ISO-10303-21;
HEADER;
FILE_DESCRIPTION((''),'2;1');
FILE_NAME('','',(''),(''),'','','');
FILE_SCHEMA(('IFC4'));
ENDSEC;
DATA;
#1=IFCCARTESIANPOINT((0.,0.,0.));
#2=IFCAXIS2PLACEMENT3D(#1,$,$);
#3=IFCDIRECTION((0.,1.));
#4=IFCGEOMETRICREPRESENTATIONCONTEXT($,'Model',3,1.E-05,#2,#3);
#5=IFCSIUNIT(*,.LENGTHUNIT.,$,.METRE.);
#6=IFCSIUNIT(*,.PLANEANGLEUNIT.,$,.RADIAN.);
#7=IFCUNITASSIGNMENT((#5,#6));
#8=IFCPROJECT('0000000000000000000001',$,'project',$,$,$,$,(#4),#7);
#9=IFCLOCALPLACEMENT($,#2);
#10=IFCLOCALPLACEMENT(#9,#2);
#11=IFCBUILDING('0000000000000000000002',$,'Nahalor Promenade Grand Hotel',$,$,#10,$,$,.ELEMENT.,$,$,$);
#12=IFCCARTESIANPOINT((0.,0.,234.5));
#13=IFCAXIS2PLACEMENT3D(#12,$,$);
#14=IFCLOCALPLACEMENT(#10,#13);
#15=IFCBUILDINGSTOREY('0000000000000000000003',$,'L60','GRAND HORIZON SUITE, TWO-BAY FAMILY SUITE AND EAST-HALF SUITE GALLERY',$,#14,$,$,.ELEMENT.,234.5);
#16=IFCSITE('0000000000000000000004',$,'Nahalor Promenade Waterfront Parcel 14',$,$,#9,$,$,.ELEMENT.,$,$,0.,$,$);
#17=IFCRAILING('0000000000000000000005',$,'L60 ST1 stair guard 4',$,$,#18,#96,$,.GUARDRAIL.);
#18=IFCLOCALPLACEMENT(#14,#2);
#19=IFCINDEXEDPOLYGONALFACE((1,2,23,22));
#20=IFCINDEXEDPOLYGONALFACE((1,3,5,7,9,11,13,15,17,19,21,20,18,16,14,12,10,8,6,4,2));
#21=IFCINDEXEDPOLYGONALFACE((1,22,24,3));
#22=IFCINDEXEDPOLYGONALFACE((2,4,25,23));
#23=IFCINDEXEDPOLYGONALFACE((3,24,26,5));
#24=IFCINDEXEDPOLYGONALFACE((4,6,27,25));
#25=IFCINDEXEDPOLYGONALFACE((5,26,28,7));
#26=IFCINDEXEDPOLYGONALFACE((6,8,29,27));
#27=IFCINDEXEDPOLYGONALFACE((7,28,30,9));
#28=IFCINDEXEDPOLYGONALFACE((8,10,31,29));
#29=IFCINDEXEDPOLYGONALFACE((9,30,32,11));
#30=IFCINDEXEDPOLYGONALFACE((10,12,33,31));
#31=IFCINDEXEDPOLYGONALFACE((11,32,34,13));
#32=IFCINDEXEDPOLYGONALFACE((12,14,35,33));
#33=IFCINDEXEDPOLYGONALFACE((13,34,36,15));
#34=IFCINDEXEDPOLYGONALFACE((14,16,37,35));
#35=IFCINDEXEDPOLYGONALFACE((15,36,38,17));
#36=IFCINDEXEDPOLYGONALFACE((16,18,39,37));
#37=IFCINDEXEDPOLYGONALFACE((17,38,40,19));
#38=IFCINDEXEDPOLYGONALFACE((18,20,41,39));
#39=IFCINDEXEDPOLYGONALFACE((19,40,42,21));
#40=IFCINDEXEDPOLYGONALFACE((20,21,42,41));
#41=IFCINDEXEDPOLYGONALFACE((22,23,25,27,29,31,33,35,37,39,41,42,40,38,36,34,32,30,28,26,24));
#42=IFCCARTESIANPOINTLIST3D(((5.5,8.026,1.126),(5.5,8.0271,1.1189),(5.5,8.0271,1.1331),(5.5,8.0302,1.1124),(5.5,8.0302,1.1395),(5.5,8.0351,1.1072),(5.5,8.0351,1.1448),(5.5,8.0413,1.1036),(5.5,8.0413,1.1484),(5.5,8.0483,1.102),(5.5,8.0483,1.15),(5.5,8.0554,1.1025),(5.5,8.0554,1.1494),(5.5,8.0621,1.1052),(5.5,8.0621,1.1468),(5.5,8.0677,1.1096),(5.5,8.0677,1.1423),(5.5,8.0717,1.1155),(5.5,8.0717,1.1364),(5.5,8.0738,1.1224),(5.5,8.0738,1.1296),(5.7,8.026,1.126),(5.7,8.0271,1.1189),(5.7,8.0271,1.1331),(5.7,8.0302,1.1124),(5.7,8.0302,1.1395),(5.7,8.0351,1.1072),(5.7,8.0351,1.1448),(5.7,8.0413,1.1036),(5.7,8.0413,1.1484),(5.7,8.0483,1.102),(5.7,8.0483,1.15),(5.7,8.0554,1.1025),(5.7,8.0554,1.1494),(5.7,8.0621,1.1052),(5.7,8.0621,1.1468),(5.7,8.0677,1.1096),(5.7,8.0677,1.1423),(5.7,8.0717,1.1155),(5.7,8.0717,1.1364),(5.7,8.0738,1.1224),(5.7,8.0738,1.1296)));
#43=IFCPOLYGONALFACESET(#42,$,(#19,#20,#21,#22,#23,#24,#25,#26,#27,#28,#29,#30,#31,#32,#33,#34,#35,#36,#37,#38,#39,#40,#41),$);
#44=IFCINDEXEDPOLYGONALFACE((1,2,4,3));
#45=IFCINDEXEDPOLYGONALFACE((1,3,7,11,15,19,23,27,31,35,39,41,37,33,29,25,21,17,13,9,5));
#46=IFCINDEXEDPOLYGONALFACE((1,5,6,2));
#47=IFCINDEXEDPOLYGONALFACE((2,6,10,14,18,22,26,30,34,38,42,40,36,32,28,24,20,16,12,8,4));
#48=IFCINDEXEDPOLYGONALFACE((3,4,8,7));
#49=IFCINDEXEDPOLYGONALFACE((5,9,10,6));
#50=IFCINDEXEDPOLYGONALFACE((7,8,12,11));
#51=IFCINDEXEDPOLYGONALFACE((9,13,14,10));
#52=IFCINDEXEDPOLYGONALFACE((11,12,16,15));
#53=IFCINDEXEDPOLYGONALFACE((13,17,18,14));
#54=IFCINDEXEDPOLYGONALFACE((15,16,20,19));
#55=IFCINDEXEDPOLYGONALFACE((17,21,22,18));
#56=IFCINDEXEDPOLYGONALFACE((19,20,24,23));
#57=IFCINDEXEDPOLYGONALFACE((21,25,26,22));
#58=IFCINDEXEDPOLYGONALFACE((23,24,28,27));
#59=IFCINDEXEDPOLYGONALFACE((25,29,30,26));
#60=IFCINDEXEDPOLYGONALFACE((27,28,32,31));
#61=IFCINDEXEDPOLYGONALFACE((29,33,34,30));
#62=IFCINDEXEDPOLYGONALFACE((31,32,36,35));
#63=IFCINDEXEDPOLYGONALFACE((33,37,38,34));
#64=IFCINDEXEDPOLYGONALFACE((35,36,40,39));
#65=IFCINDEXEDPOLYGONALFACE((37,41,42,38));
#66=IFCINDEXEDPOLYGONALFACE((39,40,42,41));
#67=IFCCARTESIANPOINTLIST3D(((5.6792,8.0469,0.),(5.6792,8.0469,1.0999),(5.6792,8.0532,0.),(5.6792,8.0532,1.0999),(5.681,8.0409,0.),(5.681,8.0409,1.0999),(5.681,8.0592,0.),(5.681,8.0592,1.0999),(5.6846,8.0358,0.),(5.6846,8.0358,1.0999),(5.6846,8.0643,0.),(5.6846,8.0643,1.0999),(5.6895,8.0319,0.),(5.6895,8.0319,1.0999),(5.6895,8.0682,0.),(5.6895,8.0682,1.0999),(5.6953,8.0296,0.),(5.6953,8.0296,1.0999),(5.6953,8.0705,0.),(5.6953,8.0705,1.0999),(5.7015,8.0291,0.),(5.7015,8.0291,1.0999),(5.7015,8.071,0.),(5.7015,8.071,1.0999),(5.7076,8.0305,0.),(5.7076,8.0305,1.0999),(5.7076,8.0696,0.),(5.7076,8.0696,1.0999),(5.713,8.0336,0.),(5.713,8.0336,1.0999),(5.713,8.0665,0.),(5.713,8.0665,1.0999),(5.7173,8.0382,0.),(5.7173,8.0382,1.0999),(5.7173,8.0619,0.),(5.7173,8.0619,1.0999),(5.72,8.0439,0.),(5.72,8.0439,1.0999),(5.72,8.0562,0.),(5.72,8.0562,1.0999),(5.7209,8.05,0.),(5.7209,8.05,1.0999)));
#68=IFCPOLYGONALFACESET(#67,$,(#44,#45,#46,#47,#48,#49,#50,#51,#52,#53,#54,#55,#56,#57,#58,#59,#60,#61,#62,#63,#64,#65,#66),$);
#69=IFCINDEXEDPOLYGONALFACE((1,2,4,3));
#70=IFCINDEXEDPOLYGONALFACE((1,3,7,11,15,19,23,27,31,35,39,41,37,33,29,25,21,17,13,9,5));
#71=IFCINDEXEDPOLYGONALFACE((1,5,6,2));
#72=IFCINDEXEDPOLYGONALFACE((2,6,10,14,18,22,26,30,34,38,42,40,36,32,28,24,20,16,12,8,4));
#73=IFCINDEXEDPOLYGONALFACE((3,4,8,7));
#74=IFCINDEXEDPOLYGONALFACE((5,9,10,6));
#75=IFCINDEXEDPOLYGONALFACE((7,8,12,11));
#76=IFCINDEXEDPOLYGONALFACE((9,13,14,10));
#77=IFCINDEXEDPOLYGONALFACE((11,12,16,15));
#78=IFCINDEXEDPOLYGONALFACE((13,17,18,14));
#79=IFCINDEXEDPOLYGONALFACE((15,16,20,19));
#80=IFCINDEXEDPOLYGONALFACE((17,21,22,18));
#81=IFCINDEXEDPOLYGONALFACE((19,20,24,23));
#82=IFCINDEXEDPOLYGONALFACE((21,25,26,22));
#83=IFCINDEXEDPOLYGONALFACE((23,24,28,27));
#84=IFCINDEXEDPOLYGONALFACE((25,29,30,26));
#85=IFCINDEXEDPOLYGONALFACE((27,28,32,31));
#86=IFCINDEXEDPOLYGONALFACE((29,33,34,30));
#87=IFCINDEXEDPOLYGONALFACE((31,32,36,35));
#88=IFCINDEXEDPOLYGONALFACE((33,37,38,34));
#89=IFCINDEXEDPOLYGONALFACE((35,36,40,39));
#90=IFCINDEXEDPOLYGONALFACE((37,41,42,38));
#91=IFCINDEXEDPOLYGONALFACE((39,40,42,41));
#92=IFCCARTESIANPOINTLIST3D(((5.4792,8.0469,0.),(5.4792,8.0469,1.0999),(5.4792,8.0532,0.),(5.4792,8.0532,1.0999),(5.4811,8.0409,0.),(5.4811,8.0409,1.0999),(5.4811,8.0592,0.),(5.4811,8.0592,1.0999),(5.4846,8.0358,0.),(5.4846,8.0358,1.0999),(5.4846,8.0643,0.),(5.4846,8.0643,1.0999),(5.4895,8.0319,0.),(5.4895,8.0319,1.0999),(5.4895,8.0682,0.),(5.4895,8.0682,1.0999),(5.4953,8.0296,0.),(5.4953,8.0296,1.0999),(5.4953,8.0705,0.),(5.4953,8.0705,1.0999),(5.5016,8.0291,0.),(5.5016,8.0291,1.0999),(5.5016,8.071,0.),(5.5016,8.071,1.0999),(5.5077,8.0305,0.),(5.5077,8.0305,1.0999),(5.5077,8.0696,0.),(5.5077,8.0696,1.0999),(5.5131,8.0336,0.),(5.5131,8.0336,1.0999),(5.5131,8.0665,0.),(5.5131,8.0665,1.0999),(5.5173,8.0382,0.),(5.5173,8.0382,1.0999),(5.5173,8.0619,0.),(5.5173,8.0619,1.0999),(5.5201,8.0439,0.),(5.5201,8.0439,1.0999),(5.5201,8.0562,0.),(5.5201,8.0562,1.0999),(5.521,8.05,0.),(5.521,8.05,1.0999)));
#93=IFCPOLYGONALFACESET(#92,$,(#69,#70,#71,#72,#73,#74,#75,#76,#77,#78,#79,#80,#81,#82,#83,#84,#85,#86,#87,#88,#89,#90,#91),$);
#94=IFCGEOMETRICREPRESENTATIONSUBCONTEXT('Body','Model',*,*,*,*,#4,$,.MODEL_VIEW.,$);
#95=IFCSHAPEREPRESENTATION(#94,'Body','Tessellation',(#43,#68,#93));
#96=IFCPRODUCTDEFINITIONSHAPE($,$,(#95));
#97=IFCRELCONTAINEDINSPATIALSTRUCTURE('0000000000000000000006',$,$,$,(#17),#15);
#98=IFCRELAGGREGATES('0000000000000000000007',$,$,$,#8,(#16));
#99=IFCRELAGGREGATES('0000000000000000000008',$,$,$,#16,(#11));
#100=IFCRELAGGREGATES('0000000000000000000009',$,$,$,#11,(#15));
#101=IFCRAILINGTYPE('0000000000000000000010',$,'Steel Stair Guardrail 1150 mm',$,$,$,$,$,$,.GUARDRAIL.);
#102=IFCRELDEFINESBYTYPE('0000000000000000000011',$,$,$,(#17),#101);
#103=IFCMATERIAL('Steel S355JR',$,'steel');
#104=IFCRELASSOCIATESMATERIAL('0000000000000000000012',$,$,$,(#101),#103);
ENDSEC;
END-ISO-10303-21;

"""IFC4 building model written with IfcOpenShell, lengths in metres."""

from ifc_helpers import new_model, si_unit, direction, frame, origin, origin_2d, place, context, subcontext, project, spatial, circle, extrude, material, type_object, element, save


model = new_model("IFC4")

# Units and contexts
model_context = context("Model", 3, precision=1e-05, world=origin(), true_north=direction((0.0, 1.0)))
body_context = subcontext(model_context, "Body", "Model", "MODEL_VIEW")
ifc_project = project(units=[si_unit("LENGTHUNIT", "METRE"), si_unit("PLANEANGLEUNIT", "RADIAN")], contexts=[model_context])

# Site, building, storey
site_placement = place(None, origin())
site = spatial("IfcSite", under=ifc_project, at=site_placement, Name="Nahalor Promenade Waterfront Parcel 14", CompositionType="ELEMENT", RefElevation=0.0)
building_placement = place(site_placement, origin())
building = spatial("IfcBuilding", under=site, at=building_placement, Name="Nahalor Promenade Grand Hotel", CompositionType="ELEMENT")
storey_placement = place(building_placement, frame((0.0, 0.0, 234.5)))
storey = spatial("IfcBuildingStorey", under=building, at=storey_placement, Name="L60", Description="GRAND HORIZON SUITE, TWO-BAY FAMILY SUITE AND EAST-HALF SUITE GALLERY", CompositionType="ELEMENT", Elevation=234.5)

# Shared definitions
ifc_material_1 = material(Name="Steel S355JR", Category="steel")

# Railing
railing_type_1 = type_object("IfcRailingType", Name="Steel Stair Guardrail 1150 mm", PredefinedType="GUARDRAIL", material=ifc_material_1)
railing_1_placement = place(storey_placement, frame((5.7, 8.05, 0.0)))
element("IfcRailing", 1, at=railing_1_placement, inside=storey, type_object=railing_type_1, Name="L60 ST1 stair guard 4", PredefinedType="GUARDRAIL", context=body_context, shape_type="SweptSolid", body=[
    extrude(circle(Radius=0.024, at=origin_2d()), frame((0.0, 0.0, 1.126), z_axis=(-1.0, 0.0, 0.0), x_axis=(0.0, -1.0, 0.0)), (0.0, 0.0, 1.0), 0.2),
    extrude(circle(Radius=0.021, at=origin_2d()), origin(), (0.0, 0.0, 1.0), 1.0999),
    extrude(circle(Radius=0.021, at=origin_2d()), frame((-0.2, 0.0, 0.0)), (0.0, 0.0, 1.0), 1.0999),
])

save(model, "model.ifc")
